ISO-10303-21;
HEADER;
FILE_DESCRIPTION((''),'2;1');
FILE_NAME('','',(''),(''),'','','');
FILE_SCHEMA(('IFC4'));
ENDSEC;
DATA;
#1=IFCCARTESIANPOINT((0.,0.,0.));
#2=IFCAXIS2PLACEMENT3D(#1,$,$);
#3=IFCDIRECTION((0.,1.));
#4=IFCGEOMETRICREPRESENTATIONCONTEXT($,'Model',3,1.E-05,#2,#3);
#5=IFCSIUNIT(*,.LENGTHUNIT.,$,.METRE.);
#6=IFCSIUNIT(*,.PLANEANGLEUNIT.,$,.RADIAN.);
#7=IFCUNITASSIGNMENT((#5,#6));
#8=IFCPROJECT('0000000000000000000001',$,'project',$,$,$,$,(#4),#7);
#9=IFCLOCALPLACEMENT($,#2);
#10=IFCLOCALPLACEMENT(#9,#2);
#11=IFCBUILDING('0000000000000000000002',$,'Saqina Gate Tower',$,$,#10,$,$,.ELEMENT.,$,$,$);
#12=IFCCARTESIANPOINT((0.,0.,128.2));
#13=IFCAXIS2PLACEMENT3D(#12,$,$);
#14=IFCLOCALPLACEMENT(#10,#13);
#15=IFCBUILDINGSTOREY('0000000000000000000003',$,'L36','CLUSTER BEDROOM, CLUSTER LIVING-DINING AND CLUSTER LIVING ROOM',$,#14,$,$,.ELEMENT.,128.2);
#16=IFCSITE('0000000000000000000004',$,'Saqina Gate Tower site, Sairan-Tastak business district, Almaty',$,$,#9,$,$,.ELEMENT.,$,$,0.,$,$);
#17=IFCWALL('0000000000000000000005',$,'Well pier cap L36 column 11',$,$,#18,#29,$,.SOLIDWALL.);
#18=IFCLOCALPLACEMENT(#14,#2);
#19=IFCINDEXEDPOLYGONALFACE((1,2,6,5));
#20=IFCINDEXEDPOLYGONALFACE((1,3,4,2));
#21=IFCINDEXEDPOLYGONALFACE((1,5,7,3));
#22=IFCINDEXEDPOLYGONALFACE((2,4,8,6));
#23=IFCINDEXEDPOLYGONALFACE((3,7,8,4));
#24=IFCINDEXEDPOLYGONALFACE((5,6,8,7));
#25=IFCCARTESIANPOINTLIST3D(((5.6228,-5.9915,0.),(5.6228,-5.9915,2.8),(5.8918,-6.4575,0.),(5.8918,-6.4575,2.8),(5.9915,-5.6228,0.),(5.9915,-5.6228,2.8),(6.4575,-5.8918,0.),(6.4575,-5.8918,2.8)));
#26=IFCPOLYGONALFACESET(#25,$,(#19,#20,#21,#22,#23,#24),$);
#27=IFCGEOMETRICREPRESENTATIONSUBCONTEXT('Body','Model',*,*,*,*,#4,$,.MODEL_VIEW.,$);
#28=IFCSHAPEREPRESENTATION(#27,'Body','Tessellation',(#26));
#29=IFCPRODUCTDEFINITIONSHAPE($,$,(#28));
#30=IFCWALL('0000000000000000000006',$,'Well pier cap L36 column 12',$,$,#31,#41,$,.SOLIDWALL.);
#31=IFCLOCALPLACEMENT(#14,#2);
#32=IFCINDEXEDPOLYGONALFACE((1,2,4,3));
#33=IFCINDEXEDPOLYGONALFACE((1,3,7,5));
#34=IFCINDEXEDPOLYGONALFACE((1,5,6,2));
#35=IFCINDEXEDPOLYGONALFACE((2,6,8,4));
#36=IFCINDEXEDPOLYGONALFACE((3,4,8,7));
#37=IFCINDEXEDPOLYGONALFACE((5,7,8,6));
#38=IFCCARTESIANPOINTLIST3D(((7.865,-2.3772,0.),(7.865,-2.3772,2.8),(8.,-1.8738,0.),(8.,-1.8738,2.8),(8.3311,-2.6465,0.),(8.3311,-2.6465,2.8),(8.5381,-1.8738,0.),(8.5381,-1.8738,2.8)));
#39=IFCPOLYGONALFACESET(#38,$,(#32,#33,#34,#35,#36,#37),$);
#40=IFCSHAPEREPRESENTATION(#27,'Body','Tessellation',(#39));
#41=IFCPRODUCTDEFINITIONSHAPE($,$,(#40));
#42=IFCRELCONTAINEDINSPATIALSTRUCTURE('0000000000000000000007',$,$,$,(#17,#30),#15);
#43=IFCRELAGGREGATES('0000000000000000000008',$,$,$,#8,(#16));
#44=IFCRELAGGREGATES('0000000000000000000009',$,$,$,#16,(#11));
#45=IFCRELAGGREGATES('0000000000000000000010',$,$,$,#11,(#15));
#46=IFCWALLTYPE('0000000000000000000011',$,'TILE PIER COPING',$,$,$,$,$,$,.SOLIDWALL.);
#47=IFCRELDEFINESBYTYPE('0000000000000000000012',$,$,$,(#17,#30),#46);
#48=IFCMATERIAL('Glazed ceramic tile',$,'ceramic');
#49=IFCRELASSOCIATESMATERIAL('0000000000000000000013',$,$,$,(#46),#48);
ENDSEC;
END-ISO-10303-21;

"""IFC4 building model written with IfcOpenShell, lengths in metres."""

from ifc_helpers import new_model, si_unit, direction, frame, origin, place, context, subcontext, project, spatial, polyline, outline, extrude, material, type_object, element, save


model = new_model("IFC4")

# Units and contexts
model_context = context("Model", 3, precision=1e-05, world=origin(), true_north=direction((0.0, 1.0)))
body_context = subcontext(model_context, "Body", "Model", "MODEL_VIEW")
ifc_project = project(units=[si_unit("LENGTHUNIT", "METRE"), si_unit("PLANEANGLEUNIT", "RADIAN")], contexts=[model_context])

# Site, building, storey
site_placement = place(None, origin())
site = spatial("IfcSite", under=ifc_project, at=site_placement, Name="Saqina Gate Tower site, Sairan-Tastak business district, Almaty", CompositionType="ELEMENT", RefElevation=0.0)
building_placement = place(site_placement, origin())
building = spatial("IfcBuilding", under=site, at=building_placement, Name="Saqina Gate Tower", CompositionType="ELEMENT")
storey_placement = place(building_placement, frame((0.0, 0.0, 128.2)))
storey = spatial("IfcBuildingStorey", under=building, at=storey_placement, Name="L36", Description="CLUSTER BEDROOM, CLUSTER LIVING-DINING AND CLUSTER LIVING ROOM", CompositionType="ELEMENT", Elevation=128.2)

# Walls
ifc_material_1 = material(Name="Glazed ceramic tile", Category="ceramic")
wall_type_1 = type_object("IfcWallType", Name="TILE PIER COPING", PredefinedType="SOLIDWALL", material=ifc_material_1)
wall_1_placement = place(storey_placement, origin())
element("IfcWall", 1, at=wall_1_placement, inside=storey, type_object=wall_type_1, Name="Well pier cap L36 column 11", PredefinedType="SOLIDWALL", context=body_context, shape_type="SweptSolid", body=[
    extrude(outline(polyline([(5.8918, -6.4575), (6.4575, -5.8918), (5.9915, -5.6228), (5.6228, -5.9915), (5.8918, -6.4575)])), origin(), (0.0, 0.0, 1.0), 2.8),
])
wall_2_placement = place(storey_placement, origin())
element("IfcWall", 2, at=wall_2_placement, inside=storey, type_object=wall_type_1, Name="Well pier cap L36 column 12", PredefinedType="SOLIDWALL", context=body_context, shape_type="SweptSolid", body=[
    extrude(outline(polyline([(8.5381, -1.8738), (8.0, -1.8738), (7.865, -2.3772), (8.3311, -2.6465), (8.5381, -1.8738)])), origin(), (0.0, 0.0, 1.0), 2.8),
])

save(model, "model.ifc")
